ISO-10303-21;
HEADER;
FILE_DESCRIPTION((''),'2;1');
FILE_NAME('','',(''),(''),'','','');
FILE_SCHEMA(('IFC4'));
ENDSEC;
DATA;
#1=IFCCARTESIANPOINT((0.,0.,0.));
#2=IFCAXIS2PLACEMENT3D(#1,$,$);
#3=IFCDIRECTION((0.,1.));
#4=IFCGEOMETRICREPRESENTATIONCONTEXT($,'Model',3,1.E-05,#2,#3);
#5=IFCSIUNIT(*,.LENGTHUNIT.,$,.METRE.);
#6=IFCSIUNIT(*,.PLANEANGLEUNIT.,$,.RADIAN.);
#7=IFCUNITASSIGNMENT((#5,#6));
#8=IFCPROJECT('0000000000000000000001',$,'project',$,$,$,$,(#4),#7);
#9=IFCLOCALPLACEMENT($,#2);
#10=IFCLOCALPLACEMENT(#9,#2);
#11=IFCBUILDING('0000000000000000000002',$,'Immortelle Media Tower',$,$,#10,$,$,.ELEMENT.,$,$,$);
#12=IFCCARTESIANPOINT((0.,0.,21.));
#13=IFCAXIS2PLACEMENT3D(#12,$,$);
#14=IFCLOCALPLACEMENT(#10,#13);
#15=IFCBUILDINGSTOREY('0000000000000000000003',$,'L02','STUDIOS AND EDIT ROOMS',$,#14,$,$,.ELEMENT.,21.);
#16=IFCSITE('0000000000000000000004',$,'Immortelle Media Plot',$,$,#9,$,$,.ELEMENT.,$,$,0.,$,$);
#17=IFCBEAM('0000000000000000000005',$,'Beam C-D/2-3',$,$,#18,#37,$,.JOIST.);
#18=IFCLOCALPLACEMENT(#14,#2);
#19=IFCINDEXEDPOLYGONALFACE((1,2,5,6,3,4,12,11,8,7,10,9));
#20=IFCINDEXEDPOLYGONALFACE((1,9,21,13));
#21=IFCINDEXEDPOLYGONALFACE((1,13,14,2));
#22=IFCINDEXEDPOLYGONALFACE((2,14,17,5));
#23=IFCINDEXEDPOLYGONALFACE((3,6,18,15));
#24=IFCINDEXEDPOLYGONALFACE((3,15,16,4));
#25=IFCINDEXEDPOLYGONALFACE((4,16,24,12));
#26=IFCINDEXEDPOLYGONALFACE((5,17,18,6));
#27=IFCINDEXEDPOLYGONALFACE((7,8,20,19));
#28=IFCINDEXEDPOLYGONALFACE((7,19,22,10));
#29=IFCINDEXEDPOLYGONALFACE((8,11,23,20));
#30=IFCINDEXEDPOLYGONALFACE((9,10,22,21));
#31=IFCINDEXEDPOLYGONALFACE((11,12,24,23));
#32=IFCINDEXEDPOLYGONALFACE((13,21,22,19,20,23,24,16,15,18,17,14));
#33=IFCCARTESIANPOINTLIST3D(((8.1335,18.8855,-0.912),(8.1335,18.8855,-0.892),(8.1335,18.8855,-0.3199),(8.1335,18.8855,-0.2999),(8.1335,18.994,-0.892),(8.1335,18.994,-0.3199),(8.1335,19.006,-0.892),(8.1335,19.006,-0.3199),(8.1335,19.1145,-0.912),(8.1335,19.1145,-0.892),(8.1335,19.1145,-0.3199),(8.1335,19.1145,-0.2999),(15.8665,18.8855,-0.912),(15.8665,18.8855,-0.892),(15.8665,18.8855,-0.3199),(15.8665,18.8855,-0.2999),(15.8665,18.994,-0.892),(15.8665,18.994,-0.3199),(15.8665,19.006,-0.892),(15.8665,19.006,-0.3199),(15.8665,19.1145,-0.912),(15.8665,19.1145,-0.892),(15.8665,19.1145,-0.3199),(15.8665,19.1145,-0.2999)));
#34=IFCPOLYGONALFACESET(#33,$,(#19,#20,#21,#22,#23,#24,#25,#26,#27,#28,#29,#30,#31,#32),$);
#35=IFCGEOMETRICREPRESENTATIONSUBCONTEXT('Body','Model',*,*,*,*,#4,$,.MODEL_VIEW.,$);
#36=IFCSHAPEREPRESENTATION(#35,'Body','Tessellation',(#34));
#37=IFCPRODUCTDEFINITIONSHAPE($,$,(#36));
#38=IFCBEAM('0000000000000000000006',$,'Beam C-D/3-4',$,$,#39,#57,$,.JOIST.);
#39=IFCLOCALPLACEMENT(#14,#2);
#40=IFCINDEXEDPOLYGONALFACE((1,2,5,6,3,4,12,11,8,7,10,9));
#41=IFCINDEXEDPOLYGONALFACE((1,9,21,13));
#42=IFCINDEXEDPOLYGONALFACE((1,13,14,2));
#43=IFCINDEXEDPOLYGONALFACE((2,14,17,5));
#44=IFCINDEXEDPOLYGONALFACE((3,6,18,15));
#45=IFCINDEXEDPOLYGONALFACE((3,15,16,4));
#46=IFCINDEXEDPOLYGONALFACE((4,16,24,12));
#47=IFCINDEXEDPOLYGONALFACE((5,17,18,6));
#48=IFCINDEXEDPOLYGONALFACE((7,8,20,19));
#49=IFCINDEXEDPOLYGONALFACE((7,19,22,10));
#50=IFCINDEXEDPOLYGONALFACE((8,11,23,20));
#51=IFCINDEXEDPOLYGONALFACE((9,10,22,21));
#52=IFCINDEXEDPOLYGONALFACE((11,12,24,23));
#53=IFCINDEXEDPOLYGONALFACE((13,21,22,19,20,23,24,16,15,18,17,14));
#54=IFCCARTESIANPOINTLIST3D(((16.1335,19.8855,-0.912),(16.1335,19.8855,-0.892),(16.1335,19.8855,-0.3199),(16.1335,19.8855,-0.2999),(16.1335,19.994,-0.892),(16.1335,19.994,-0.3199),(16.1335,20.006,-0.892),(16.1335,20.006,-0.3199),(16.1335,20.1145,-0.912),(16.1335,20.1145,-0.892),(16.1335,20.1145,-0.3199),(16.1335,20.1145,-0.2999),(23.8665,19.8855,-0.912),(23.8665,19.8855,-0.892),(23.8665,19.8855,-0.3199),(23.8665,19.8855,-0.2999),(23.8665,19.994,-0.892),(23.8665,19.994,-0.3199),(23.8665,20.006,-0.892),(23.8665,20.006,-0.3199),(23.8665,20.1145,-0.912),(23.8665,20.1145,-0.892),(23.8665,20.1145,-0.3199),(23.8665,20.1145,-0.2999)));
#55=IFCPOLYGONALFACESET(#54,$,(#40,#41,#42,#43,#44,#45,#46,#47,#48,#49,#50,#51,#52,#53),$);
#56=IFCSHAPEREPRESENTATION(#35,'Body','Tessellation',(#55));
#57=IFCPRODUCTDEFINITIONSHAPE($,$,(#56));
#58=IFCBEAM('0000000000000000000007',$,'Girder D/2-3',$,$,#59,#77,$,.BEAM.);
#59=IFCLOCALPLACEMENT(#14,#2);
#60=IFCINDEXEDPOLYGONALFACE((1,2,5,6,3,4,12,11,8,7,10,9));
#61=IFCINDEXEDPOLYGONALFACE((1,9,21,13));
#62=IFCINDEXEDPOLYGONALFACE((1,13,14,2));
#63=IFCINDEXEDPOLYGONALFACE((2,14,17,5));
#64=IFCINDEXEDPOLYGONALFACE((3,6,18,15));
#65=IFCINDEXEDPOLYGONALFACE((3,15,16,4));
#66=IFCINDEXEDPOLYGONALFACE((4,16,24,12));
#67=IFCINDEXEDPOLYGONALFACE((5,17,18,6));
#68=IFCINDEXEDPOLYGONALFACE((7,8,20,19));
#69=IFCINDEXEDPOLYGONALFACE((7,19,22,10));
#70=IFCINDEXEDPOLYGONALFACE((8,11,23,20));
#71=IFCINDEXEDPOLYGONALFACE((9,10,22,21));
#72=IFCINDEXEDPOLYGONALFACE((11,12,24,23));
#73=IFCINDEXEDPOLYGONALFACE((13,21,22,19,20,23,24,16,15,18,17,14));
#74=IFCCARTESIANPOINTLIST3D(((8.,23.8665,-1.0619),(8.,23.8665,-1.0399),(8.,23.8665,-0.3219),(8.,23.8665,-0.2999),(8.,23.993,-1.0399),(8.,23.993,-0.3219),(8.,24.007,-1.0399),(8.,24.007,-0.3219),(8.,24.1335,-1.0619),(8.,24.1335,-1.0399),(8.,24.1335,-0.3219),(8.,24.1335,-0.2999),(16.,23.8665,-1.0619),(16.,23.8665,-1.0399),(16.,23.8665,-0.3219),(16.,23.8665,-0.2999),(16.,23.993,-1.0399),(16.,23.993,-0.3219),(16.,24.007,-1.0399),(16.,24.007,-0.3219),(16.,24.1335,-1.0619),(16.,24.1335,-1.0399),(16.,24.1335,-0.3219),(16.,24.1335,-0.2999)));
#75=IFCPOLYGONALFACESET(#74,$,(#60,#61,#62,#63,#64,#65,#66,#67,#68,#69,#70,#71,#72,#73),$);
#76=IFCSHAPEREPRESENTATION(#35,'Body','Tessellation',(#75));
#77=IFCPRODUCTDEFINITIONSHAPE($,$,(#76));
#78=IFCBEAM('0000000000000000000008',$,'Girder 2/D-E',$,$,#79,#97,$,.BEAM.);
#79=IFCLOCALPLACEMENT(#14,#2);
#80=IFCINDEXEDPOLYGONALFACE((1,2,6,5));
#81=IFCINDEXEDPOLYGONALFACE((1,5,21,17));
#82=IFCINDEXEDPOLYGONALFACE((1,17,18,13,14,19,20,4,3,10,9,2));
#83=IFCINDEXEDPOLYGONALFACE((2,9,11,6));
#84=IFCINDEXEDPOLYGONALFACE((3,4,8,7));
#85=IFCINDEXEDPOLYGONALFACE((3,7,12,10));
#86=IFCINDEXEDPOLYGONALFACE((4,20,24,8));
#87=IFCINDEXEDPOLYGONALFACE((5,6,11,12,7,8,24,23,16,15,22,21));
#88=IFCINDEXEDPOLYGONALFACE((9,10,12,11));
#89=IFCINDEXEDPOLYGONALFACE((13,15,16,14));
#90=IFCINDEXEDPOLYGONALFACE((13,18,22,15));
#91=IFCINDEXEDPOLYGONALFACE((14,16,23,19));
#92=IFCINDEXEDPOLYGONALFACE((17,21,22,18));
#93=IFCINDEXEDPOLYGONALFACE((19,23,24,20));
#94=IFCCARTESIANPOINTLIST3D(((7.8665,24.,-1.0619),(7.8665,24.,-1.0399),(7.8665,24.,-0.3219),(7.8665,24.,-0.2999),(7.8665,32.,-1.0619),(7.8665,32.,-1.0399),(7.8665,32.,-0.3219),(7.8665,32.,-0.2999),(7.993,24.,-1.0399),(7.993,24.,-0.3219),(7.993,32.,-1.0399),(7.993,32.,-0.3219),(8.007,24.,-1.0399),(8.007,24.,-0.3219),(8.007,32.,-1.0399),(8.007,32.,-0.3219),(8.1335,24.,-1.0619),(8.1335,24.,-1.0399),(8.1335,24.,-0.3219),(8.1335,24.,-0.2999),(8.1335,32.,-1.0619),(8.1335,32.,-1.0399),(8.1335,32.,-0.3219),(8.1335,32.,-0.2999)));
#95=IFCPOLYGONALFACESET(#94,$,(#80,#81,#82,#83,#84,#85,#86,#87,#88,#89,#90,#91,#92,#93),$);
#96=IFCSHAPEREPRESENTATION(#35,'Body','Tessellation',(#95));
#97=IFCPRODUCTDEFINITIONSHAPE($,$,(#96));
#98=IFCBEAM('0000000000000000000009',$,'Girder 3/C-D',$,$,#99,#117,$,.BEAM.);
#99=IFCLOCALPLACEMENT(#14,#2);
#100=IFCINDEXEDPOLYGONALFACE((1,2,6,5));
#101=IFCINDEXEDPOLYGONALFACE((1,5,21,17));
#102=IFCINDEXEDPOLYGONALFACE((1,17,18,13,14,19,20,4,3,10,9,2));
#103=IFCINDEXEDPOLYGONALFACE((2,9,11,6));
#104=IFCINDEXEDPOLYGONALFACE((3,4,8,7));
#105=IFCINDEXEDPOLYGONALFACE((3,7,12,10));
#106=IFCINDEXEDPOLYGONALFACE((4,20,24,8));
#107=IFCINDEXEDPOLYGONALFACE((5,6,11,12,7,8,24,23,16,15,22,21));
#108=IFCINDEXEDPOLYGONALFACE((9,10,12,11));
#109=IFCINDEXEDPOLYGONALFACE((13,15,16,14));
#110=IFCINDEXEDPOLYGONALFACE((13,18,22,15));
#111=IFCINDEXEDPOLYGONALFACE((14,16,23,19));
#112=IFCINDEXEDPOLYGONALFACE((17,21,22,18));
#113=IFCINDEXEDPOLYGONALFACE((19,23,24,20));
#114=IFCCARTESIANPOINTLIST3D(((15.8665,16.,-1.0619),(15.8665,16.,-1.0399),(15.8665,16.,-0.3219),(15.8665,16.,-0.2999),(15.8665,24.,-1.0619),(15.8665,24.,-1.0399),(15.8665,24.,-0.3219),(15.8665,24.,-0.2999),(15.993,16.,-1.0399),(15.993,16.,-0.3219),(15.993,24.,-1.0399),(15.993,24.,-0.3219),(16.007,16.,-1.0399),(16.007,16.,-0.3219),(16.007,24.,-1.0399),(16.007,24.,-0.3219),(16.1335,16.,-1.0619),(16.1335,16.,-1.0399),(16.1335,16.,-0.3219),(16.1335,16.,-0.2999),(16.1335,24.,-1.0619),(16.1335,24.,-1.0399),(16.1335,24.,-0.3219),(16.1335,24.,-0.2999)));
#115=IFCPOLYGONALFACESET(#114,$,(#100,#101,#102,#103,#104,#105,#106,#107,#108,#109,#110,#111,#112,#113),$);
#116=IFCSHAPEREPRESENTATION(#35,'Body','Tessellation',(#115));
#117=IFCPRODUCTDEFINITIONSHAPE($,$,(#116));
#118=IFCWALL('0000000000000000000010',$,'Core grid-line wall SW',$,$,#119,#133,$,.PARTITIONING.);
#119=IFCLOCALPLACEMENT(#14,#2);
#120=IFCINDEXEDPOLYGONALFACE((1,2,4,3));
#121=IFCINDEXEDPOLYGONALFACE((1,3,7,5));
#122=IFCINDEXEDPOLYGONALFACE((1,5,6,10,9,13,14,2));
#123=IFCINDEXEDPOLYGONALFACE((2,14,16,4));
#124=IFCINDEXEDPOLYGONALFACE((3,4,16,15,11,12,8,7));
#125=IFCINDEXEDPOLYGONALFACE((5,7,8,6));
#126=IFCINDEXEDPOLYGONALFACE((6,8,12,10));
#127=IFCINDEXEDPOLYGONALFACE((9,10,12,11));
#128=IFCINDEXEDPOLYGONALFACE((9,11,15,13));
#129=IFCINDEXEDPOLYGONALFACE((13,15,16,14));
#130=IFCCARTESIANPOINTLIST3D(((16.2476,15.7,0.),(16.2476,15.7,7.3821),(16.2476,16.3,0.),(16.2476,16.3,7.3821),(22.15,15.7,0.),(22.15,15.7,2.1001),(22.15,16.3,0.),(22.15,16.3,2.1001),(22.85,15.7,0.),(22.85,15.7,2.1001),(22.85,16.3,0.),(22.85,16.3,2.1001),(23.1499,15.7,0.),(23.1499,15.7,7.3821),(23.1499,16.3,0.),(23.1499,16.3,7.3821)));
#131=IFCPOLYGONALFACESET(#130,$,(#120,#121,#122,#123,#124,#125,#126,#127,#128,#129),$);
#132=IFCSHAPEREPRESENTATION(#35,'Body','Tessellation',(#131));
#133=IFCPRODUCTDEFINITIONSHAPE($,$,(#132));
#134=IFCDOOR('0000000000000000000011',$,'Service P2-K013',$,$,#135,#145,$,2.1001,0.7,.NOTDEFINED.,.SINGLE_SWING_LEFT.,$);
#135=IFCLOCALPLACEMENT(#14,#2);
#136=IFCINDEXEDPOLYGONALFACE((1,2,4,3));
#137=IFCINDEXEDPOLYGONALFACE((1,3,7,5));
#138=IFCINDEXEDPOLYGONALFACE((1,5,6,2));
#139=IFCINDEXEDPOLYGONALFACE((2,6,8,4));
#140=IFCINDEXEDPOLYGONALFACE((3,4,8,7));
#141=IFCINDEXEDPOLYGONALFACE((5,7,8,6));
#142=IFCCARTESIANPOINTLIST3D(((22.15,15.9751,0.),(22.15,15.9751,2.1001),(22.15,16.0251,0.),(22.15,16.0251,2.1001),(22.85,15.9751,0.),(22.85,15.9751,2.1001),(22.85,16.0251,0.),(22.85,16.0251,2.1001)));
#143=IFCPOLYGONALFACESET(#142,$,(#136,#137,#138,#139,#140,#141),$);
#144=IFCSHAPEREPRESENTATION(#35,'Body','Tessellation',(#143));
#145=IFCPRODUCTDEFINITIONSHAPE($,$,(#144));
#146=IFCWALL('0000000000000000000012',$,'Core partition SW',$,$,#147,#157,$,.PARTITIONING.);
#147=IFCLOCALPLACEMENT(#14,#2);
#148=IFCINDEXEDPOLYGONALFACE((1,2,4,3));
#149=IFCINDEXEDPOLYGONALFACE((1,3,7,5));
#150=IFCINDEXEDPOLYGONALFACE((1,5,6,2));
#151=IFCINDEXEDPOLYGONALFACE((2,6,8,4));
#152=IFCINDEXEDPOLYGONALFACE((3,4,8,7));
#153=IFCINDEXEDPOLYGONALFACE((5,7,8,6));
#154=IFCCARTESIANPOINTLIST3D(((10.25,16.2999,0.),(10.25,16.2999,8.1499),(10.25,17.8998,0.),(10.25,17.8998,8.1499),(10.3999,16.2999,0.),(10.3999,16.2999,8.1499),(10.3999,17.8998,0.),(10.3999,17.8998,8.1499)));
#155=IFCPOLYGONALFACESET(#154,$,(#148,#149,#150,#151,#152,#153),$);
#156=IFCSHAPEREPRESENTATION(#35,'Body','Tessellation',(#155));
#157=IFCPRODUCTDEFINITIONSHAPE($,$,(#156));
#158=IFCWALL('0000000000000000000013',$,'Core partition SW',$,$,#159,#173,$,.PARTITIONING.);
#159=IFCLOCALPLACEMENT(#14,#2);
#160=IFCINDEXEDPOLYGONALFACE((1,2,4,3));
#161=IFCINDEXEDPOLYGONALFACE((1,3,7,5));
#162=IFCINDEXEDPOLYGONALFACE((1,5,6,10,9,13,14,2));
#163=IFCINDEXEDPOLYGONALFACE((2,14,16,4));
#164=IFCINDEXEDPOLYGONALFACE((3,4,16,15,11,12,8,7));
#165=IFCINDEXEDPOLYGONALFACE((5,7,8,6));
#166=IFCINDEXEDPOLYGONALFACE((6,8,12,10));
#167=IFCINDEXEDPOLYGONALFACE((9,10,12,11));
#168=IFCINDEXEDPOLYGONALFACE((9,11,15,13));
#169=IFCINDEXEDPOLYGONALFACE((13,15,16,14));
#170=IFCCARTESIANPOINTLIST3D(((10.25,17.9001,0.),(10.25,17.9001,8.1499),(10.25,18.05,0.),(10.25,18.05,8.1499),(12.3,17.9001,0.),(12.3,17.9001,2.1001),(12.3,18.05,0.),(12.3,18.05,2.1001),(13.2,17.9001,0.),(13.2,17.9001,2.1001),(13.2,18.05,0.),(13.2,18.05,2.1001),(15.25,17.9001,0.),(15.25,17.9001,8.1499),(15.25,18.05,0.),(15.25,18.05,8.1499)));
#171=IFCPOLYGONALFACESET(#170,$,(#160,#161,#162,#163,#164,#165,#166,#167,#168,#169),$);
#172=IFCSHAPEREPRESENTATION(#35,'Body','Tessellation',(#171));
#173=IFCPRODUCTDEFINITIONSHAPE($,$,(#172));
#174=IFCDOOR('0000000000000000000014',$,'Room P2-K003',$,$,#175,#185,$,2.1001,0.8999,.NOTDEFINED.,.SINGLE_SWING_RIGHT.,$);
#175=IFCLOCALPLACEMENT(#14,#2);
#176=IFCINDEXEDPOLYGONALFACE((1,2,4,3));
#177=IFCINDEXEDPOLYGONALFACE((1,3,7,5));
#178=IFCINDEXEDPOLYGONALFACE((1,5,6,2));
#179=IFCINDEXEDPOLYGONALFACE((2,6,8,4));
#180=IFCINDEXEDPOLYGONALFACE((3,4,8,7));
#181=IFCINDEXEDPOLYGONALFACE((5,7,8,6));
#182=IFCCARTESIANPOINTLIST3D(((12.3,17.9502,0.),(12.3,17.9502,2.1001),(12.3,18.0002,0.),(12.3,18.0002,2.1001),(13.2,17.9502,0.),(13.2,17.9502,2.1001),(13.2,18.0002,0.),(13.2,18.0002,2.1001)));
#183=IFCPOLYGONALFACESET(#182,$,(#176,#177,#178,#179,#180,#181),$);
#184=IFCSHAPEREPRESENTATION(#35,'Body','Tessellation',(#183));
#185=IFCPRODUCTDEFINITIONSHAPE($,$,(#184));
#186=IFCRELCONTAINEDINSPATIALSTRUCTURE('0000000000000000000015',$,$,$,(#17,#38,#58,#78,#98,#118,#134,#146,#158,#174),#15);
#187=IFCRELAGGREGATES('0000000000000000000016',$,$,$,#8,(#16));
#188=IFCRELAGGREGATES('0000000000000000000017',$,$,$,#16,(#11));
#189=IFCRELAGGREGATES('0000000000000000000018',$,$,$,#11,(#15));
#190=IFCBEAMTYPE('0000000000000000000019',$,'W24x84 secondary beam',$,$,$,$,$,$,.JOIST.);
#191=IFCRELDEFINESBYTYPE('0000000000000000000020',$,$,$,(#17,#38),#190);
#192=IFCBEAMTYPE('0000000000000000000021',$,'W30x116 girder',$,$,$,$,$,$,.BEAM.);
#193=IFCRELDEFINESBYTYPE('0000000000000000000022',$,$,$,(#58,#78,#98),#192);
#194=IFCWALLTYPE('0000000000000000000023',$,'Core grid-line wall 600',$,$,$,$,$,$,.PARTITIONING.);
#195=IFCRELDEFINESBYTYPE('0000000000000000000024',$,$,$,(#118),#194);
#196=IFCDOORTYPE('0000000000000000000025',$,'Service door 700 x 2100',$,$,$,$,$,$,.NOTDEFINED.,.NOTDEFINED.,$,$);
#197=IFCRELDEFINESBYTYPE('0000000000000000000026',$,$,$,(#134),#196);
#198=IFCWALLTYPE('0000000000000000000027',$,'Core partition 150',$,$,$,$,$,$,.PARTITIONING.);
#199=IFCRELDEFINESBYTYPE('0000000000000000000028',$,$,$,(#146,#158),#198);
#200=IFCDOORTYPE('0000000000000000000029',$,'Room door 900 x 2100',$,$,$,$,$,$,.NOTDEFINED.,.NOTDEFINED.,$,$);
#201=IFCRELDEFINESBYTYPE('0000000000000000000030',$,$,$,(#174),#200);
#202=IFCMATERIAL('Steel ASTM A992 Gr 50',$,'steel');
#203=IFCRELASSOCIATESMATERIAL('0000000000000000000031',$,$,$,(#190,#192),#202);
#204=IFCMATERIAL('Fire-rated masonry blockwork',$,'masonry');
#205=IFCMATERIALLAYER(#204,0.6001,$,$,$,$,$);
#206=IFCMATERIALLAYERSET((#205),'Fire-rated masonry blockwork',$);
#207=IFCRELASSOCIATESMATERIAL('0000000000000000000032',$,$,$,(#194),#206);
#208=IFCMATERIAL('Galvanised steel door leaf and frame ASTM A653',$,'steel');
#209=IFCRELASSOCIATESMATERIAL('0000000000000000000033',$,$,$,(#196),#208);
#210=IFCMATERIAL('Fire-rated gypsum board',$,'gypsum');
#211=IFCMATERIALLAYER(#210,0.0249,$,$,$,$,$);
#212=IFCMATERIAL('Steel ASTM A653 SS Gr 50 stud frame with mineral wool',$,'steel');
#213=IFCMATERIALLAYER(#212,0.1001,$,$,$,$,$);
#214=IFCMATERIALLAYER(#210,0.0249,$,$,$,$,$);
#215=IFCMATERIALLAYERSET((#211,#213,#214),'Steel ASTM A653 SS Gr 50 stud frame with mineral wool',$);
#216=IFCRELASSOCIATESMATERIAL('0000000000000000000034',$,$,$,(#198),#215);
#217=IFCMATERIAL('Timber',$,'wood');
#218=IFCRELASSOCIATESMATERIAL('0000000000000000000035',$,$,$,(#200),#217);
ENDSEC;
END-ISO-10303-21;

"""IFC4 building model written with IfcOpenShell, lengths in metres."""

from ifc_helpers import new_model, si_unit, direction, frame, frame_2d, origin, origin_2d, place, context, subcontext, project, spatial, rectangle, i_section, extrude, material, layer, layer_set, material_profile, profile_set, type_object, element, fill, save


model = new_model("IFC4")

# Units and contexts
model_context = context("Model", 3, precision=1e-05, world=origin(), true_north=direction((0.0, 1.0)))
body_context = subcontext(model_context, "Body", "Model", "MODEL_VIEW")
ifc_project = project(units=[si_unit("LENGTHUNIT", "METRE"), si_unit("PLANEANGLEUNIT", "RADIAN")], contexts=[model_context])

# Site, building, storey
site_placement = place(None, origin())
site = spatial("IfcSite", under=ifc_project, at=site_placement, Name="Immortelle Media Plot", CompositionType="ELEMENT", RefElevation=0.0)
building_placement = place(site_placement, origin())
building = spatial("IfcBuilding", under=site, at=building_placement, Name="Immortelle Media Tower", CompositionType="ELEMENT")
storey_placement = place(building_placement, frame((0.0, 0.0, 21.0)))
storey = spatial("IfcBuildingStorey", under=building, at=storey_placement, Name="L02", Description="STUDIOS AND EDIT ROOMS", CompositionType="ELEMENT", Elevation=21.0)

# Beams
ifc_material_1 = material(Name="Steel ASTM A992 Gr 50", Category="steel")
ifc_material_profile_1 = material_profile(ifc_material_1, i_section(OverallWidth=0.229, OverallDepth=0.6121, WebThickness=0.012, FlangeThickness=0.02, at=origin_2d()), Name="W24x84")
ifc_profile_set_1 = profile_set([ifc_material_profile_1], Name="Steel ASTM A992 Gr 50")
beam_type_1 = type_object("IfcBeamType", Name="W24x84 secondary beam", PredefinedType="JOIST", material=ifc_profile_set_1)
for number, where, z_axis, x_axis, name in (
    (1, (8.1335, 19.0, -0.606), (1.0, 0.0, 0.0), (0.0, 1.0, 0.0), "Beam C-D/2-3"),
    (2, (16.1335, 20.0, -0.606), (1.0, 0.0, 0.0), (0.0, 1.0, 0.0), "Beam C-D/3-4"),
):
    element("IfcBeam", number, at=place(storey_placement, frame(where, z_axis=z_axis, x_axis=x_axis)), inside=storey, type_object=beam_type_1, Name=name, PredefinedType="JOIST", context=body_context, shape_type="SweptSolid", body=[
        extrude(i_section(OverallWidth=0.229, OverallDepth=0.6121, WebThickness=0.012, FlangeThickness=0.02, at=origin_2d()), origin(), (0.0, 0.0, 1.0), 7.7329),
    ])
ifc_material_profile_2 = material_profile(ifc_material_1, i_section(OverallWidth=0.2671, OverallDepth=0.762, WebThickness=0.0139, FlangeThickness=0.022, at=origin_2d()), Name="W30x116")
ifc_profile_set_2 = profile_set([ifc_material_profile_2], Name="Steel ASTM A992 Gr 50")
beam_type_2 = type_object("IfcBeamType", Name="W30x116 girder", PredefinedType="BEAM", material=ifc_profile_set_2)
for number, where, z_axis, x_axis, name in (
    (3, (8.0, 24.0, -0.6809), (1.0, 0.0, 0.0), (0.0, 1.0, 0.0), "Girder D/2-3"),
    (4, (8.0, 24.0, -0.6809), (0.0, 1.0, 0.0), (-1.0, 0.0, 0.0), "Girder 2/D-E"),
    (5, (16.0, 16.0, -0.6809), (0.0, 1.0, 0.0), (-1.0, 0.0, 0.0), "Girder 3/C-D"),
):
    element("IfcBeam", number, at=place(storey_placement, frame(where, z_axis=z_axis, x_axis=x_axis)), inside=storey, type_object=beam_type_2, Name=name, PredefinedType="BEAM", context=body_context, shape_type="SweptSolid", body=[
        extrude(i_section(OverallWidth=0.2671, OverallDepth=0.762, WebThickness=0.0139, FlangeThickness=0.022, at=origin_2d()), origin(), (0.0, 0.0, 1.0), 8.0),
    ])

# Wall, opening, door
ifc_material_2 = material(Name="Fire-rated masonry blockwork", Category="masonry")
ifc_layer_1 = layer(ifc_material_2, 0.6001)
ifc_layer_set_1 = layer_set([ifc_layer_1], Name="Fire-rated masonry blockwork")
wall_type_1 = type_object("IfcWallType", Name="Core grid-line wall 600", PredefinedType="PARTITIONING", material=ifc_layer_set_1)
wall_1_placement = place(storey_placement, frame((16.2476, 16.0, 0.0), z_axis=(0.0, 0.0, 1.0), x_axis=(1.0, 0.0, 0.0)))
wall_1 = element("IfcWall", 6, at=wall_1_placement, inside=storey, type_object=wall_type_1, Name="Core grid-line wall SW", PredefinedType="PARTITIONING", context=body_context, shape_type="SweptSolid", body=[
    extrude(rectangle(XDim=6.9023, YDim=0.6001, at=frame_2d((3.4512, 0.0))), origin(), (0.0, 0.0, 1.0), 7.3821),
])
opening_1_placement = place(wall_1_placement, frame((6.6025, 0.0, 0.0), z_axis=(0.0, 0.0, 1.0), x_axis=(-1.0, 0.0, 0.0)))
opening_1 = element("IfcOpeningElement", 7, at=opening_1_placement, cuts=wall_1, PredefinedType="OPENING", context=body_context, shape_type="SweptSolid", body=[
    extrude(rectangle(XDim=0.7, YDim=2.1001, at=frame_2d((0.3501, 1.05))), frame((0.0, 0.3101, 0.0), z_axis=(0.0, -1.0, 0.0), x_axis=(1.0, 0.0, 0.0)), (0.0, 0.0, 1.0), 0.6201),
])
ifc_material_3 = material(Name="Galvanised steel door leaf and frame ASTM A653", Category="steel")
door_type_1 = type_object("IfcDoorType", Name="Service door 700 x 2100", OperationType="NOTDEFINED", PredefinedType="NOTDEFINED", material=ifc_material_3)
door_1_placement = place(opening_1_placement, origin())
door_1 = element("IfcDoor", 8, at=door_1_placement, inside=storey, type_object=door_type_1, Name="Service P2-K013", OperationType="SINGLE_SWING_LEFT", OverallHeight=2.1001, OverallWidth=0.7, PredefinedType="NOTDEFINED", context=body_context, shape_type="SweptSolid", body=[
    extrude(rectangle(XDim=0.7, YDim=2.1001, at=frame_2d((0.3501, 1.05))), frame((0.0, 0.0249, 0.0), z_axis=(0.0, -1.0, 0.0), x_axis=(1.0, 0.0, 0.0)), (0.0, 0.0, 1.0), 0.05),
])
fill(opening_1, door_1)

# Wall
ifc_material_4 = material(Name="Fire-rated gypsum board", Category="gypsum")
ifc_layer_2 = layer(ifc_material_4, 0.0249)
ifc_material_5 = material(Name="Steel ASTM A653 SS Gr 50 stud frame with mineral wool", Category="steel")
ifc_layer_3 = layer(ifc_material_5, 0.1001)
ifc_layer_4 = layer(ifc_material_4, 0.0249)
ifc_layer_set_2 = layer_set([ifc_layer_2, ifc_layer_3, ifc_layer_4], Name="Steel ASTM A653 SS Gr 50 stud frame with mineral wool")
wall_type_2 = type_object("IfcWallType", Name="Core partition 150", PredefinedType="PARTITIONING", material=ifc_layer_set_2)
wall_2_placement = place(storey_placement, frame((10.325, 16.3, 0.0), z_axis=(0.0, 0.0, 1.0), x_axis=(0.0, 1.0, 0.0)))
element("IfcWall", 9, at=wall_2_placement, inside=storey, type_object=wall_type_2, Name="Core partition SW", PredefinedType="PARTITIONING", context=body_context, shape_type="SweptSolid", body=[
    extrude(rectangle(XDim=1.5999, YDim=0.1499, at=frame_2d((0.7998, 0.0))), origin(), (0.0, 0.0, 1.0), 8.1499),
])

# Wall, opening, door
wall_3_placement = place(storey_placement, frame((10.25, 17.9751, 0.0), z_axis=(0.0, 0.0, 1.0), x_axis=(1.0, 0.0, 0.0)))
wall_3 = element("IfcWall", 10, at=wall_3_placement, inside=storey, type_object=wall_type_2, Name="Core partition SW", PredefinedType="PARTITIONING", context=body_context, shape_type="SweptSolid", body=[
    extrude(rectangle(XDim=5.0, YDim=0.1499, at=frame_2d((2.5, 0.0))), origin(), (0.0, 0.0, 1.0), 8.1499),
])
opening_2_placement = place(wall_3_placement, frame((2.95, 0.0, 0.0), z_axis=(0.0, 0.0, 1.0), x_axis=(-1.0, 0.0, 0.0)))
opening_2 = element("IfcOpeningElement", 11, at=opening_2_placement, cuts=wall_3, PredefinedType="OPENING", context=body_context, shape_type="SweptSolid", body=[
    extrude(rectangle(XDim=0.8999, YDim=2.1001, at=frame_2d((0.45, 1.05))), frame((0.0, 0.085, 0.0), z_axis=(0.0, -1.0, 0.0), x_axis=(1.0, 0.0, 0.0)), (0.0, 0.0, 1.0), 0.1699),
])
ifc_material_6 = material(Name="Timber", Category="wood")
door_type_2 = type_object("IfcDoorType", Name="Room door 900 x 2100", OperationType="NOTDEFINED", PredefinedType="NOTDEFINED", material=ifc_material_6)
door_2_placement = place(opening_2_placement, origin())
door_2 = element("IfcDoor", 12, at=door_2_placement, inside=storey, type_object=door_type_2, Name="Room P2-K003", OperationType="SINGLE_SWING_RIGHT", OverallHeight=2.1001, OverallWidth=0.8999, PredefinedType="NOTDEFINED", context=body_context, shape_type="SweptSolid", body=[
    extrude(rectangle(XDim=0.8999, YDim=2.1001, at=frame_2d((0.45, 1.05))), frame((0.0, 0.0249, 0.0), z_axis=(0.0, -1.0, 0.0), x_axis=(1.0, 0.0, 0.0)), (0.0, 0.0, 1.0), 0.05),
])
fill(opening_2, door_2)

save(model, "model.ifc")
